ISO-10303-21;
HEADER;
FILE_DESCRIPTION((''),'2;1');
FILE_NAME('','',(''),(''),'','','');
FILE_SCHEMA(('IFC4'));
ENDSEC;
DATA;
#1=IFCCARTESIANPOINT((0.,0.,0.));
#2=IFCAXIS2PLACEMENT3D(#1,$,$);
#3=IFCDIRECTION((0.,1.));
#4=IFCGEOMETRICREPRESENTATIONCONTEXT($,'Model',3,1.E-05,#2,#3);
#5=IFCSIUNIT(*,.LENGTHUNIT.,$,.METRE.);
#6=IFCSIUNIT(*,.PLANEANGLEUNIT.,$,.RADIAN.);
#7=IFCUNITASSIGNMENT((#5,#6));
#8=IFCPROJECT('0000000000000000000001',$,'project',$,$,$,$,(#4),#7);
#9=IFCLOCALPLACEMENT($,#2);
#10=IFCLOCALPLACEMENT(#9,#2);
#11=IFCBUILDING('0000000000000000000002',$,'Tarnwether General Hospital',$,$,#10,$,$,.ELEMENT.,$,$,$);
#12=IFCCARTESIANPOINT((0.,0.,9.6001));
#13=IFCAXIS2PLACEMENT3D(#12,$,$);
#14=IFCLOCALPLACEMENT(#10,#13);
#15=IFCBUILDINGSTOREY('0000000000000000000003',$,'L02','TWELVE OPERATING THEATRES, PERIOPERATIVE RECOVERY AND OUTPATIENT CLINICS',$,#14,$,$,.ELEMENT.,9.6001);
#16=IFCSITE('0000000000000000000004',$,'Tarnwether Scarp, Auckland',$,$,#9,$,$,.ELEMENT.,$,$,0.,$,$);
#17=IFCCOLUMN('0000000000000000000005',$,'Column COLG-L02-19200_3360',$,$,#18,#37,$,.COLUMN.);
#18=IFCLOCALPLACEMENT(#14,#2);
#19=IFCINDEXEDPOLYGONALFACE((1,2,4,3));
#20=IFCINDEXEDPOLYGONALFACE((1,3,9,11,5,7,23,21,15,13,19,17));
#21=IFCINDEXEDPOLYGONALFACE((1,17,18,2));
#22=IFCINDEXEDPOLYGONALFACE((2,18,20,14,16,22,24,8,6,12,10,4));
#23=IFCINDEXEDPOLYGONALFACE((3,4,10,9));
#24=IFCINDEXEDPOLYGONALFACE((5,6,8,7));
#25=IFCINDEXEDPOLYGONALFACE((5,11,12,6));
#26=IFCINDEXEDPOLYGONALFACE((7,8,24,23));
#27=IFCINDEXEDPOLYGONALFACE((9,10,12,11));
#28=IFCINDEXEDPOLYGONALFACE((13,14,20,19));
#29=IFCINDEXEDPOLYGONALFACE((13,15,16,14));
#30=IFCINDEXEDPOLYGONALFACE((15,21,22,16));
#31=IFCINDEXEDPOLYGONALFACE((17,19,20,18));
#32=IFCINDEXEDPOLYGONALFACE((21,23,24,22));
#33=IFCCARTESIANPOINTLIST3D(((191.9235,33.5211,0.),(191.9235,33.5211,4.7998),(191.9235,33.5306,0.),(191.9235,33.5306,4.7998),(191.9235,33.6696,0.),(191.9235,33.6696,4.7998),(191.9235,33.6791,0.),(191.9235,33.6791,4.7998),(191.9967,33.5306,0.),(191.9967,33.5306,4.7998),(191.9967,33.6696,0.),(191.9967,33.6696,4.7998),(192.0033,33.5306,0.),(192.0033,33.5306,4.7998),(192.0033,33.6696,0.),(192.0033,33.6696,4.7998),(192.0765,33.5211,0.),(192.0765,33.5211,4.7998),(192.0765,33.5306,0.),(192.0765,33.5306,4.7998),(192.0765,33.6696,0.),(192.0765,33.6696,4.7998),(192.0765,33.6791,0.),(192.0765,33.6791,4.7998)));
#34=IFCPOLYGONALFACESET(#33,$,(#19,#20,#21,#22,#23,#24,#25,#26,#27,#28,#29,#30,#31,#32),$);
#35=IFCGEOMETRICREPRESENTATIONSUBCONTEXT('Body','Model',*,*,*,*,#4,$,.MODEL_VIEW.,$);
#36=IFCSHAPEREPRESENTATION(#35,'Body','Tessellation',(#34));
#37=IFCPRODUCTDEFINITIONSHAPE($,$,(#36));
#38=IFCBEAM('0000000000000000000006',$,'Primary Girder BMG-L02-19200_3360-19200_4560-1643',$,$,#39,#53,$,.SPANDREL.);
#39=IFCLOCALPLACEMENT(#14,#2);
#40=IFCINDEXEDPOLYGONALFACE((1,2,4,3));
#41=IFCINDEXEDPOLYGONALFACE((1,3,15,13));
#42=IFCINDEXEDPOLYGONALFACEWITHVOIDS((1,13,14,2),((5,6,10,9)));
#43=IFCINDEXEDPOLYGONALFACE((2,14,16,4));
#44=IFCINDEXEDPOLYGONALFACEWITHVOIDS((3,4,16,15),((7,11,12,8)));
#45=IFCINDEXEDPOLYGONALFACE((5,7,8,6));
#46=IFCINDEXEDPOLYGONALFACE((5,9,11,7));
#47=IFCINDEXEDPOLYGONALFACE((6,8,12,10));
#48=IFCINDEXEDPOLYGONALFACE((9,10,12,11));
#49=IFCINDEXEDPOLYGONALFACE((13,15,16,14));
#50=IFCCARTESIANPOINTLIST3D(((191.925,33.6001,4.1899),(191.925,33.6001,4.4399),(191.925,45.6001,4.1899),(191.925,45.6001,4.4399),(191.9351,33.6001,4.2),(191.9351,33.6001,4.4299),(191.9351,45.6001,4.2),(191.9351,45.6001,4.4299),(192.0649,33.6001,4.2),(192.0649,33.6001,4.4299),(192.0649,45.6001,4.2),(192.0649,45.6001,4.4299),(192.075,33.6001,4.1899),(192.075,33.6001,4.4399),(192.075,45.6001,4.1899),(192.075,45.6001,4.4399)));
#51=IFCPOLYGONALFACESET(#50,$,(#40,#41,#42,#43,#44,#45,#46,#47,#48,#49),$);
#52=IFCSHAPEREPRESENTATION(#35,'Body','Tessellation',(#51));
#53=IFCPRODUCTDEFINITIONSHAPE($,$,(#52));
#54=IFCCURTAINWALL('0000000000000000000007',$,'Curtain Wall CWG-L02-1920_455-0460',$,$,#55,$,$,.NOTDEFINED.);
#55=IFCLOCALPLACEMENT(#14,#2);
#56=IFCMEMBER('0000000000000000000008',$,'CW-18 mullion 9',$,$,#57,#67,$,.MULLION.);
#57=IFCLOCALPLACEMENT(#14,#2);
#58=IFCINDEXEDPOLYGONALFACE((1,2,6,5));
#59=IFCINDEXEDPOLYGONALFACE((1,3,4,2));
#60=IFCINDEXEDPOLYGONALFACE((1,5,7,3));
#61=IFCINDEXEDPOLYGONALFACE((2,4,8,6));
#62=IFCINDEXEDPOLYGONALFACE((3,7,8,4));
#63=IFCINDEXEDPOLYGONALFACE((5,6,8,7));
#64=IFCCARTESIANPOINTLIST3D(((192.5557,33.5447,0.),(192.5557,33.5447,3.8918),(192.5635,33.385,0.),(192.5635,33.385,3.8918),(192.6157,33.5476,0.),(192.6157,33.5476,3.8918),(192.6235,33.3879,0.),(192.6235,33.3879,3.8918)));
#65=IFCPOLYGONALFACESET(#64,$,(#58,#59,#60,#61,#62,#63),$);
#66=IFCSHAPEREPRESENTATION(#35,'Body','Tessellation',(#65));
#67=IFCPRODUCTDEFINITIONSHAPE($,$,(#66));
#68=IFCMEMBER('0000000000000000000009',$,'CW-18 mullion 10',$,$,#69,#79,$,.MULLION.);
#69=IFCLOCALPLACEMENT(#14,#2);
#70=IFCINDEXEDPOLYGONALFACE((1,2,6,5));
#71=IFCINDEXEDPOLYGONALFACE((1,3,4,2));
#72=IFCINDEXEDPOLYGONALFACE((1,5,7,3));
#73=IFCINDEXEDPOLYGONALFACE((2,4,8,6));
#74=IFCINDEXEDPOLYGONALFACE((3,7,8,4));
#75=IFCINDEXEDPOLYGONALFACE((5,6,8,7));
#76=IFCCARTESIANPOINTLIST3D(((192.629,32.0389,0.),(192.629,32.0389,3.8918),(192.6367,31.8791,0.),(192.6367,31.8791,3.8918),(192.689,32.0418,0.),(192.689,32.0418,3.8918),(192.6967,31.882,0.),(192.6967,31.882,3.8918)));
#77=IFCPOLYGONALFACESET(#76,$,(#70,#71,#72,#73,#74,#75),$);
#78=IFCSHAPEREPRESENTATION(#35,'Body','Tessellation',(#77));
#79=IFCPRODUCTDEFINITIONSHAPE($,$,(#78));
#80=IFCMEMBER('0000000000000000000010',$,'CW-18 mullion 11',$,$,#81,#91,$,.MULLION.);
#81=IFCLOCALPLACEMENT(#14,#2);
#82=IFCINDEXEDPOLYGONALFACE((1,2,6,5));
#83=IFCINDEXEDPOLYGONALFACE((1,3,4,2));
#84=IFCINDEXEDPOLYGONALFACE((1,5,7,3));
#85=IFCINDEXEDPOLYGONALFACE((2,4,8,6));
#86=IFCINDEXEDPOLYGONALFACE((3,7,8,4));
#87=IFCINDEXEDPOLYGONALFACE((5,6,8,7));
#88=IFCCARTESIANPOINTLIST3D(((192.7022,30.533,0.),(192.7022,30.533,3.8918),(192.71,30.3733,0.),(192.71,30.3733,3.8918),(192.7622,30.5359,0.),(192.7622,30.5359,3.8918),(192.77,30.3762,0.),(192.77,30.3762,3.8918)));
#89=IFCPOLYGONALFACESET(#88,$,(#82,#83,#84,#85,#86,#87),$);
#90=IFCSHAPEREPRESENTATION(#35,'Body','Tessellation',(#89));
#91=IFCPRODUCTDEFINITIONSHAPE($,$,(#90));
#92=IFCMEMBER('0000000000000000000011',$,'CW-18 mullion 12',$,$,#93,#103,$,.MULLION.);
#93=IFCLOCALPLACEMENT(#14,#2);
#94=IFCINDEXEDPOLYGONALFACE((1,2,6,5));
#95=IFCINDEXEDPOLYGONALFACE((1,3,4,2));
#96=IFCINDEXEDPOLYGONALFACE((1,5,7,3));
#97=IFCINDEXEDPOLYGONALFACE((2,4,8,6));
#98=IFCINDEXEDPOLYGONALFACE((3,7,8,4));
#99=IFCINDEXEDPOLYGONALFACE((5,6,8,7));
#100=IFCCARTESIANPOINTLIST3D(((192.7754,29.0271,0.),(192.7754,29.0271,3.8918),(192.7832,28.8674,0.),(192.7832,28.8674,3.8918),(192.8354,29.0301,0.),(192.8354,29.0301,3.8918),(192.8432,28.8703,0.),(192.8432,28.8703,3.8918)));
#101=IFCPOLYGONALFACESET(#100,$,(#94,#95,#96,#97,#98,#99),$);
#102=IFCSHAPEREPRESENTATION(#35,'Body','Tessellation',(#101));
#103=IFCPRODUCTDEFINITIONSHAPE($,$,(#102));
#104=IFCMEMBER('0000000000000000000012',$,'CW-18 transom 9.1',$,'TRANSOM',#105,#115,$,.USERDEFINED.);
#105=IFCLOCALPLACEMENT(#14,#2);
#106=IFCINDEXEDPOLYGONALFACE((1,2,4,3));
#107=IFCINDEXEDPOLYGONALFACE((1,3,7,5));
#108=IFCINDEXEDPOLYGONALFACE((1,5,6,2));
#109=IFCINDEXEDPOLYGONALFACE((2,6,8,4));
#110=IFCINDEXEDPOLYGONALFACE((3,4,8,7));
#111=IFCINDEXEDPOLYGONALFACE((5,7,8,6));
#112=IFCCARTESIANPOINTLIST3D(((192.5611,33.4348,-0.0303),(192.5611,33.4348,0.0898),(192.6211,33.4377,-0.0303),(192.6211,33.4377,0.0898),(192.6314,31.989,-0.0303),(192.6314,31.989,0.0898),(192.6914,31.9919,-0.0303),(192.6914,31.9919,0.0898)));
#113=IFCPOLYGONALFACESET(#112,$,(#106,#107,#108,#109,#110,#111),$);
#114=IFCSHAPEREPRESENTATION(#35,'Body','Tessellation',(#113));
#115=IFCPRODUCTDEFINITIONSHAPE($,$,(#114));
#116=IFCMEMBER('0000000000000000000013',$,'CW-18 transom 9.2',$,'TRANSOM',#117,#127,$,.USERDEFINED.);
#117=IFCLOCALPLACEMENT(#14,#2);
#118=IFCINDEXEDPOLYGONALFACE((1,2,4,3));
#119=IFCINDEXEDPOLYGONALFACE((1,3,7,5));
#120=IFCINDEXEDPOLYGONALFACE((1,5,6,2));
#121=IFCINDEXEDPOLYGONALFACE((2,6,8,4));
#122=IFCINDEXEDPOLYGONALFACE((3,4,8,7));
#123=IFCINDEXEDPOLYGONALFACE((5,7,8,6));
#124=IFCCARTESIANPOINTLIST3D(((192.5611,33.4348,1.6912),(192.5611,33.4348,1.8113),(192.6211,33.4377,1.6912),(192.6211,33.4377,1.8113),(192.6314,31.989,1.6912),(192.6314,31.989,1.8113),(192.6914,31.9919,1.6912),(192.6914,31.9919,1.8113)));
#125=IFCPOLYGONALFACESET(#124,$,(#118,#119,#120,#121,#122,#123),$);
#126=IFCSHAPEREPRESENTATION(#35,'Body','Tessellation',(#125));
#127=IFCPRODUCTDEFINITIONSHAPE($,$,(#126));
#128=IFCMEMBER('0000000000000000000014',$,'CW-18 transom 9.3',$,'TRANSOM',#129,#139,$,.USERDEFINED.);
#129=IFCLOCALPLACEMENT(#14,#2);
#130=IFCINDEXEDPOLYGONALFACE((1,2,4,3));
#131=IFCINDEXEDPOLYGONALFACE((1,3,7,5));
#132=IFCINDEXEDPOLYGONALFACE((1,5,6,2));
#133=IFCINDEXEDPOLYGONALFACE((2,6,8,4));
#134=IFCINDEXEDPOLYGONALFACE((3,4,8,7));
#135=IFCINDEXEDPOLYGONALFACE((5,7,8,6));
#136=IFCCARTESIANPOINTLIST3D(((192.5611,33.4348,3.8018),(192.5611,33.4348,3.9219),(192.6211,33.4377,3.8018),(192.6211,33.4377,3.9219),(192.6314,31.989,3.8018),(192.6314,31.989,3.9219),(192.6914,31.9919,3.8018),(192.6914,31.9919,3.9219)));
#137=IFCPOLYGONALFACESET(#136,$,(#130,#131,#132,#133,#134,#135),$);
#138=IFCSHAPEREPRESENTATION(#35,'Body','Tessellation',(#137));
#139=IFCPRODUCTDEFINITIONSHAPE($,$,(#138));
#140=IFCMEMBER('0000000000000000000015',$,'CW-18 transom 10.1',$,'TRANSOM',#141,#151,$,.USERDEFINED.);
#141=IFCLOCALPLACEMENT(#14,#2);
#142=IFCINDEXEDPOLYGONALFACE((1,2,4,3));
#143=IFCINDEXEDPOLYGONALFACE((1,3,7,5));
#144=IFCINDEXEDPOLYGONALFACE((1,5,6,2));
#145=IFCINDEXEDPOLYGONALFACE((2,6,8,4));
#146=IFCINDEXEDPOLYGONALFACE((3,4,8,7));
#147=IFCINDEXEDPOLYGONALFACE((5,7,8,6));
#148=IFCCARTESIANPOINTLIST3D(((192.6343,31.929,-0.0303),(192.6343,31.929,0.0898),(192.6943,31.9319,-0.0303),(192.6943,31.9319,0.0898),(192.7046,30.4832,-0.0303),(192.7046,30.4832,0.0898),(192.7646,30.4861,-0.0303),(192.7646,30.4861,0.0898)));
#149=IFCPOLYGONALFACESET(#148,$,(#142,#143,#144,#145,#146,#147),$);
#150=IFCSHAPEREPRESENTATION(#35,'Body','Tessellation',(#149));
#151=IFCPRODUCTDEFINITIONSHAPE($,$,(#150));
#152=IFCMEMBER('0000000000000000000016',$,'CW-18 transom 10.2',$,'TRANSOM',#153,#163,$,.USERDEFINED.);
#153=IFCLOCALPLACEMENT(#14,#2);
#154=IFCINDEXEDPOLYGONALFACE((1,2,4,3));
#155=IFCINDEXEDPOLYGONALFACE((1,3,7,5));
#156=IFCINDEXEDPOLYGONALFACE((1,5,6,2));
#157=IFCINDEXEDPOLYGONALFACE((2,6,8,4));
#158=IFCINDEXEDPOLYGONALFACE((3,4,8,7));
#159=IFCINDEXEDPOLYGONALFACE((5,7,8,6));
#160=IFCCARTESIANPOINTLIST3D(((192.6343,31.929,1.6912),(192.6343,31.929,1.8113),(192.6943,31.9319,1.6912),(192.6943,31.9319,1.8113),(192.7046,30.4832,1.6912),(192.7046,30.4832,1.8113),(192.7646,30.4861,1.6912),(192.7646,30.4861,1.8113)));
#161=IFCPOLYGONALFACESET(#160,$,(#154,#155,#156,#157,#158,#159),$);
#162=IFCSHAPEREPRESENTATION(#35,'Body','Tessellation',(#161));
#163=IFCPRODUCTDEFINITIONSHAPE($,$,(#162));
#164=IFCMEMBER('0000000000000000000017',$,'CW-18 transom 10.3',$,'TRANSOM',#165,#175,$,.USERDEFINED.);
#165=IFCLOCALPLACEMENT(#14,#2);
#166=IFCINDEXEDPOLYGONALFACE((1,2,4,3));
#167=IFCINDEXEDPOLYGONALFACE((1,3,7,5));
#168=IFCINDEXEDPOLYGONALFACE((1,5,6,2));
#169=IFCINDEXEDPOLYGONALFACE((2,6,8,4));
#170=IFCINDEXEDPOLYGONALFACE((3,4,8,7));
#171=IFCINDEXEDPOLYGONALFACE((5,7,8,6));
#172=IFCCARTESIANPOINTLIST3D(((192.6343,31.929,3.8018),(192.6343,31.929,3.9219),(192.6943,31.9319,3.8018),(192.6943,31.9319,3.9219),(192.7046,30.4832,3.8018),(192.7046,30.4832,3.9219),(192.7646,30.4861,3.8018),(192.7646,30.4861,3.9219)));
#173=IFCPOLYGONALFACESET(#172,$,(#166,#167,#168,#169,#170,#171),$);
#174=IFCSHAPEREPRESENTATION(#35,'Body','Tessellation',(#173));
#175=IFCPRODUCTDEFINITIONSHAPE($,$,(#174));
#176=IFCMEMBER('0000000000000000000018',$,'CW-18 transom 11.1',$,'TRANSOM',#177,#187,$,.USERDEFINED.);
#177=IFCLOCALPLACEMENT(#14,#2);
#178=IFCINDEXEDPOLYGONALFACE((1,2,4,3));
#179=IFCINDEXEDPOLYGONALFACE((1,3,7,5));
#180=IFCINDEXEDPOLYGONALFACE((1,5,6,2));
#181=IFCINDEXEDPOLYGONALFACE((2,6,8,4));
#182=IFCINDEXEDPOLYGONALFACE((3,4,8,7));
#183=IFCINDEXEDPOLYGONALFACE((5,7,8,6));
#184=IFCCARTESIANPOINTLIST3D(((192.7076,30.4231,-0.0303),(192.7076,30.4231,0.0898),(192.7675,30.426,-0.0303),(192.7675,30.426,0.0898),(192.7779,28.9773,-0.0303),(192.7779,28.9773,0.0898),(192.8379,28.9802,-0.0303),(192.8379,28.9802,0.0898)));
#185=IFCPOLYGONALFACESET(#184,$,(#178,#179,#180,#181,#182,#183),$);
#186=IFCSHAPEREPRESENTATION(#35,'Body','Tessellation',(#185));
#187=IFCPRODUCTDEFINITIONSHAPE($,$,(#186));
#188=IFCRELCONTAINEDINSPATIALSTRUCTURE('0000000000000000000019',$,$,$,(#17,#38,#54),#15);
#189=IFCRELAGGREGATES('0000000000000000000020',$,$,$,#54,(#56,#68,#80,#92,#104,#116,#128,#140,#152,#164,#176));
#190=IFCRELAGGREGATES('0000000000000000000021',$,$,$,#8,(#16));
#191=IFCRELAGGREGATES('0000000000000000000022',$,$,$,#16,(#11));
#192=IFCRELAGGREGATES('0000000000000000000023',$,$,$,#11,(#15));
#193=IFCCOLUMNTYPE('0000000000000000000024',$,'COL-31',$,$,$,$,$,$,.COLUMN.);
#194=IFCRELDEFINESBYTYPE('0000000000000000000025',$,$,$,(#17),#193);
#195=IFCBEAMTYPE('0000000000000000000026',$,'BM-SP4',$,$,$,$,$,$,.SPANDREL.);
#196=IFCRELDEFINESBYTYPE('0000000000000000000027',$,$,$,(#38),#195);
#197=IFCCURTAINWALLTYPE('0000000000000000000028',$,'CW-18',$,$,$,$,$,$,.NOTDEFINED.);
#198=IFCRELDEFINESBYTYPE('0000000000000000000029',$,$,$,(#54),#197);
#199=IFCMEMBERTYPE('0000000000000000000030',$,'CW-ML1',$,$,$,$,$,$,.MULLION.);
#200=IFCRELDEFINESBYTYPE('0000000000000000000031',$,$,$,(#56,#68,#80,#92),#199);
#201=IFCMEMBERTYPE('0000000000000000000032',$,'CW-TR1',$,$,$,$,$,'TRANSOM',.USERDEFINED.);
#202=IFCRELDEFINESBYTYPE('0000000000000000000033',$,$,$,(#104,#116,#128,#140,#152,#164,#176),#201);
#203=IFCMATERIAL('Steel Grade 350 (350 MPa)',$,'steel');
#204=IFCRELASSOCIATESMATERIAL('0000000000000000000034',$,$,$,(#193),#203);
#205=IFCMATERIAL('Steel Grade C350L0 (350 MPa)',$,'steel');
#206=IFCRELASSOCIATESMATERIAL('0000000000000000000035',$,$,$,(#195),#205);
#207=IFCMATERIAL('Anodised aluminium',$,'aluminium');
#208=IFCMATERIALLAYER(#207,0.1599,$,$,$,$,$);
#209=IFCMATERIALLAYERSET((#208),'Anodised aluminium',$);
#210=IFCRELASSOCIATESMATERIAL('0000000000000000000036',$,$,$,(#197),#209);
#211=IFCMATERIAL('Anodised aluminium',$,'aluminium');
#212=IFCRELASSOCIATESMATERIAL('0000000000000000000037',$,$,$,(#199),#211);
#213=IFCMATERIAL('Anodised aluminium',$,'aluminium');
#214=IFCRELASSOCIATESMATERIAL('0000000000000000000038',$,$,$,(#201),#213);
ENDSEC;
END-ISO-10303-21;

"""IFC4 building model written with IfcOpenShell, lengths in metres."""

from ifc_helpers import new_model, si_unit, direction, frame, origin, origin_2d, place, context, subcontext, project, spatial, rectangle, hollow_rectangle, i_section, extrude, material, layer, layer_set, material_profile, profile_set, type_object, element, aggregate, save


model = new_model("IFC4")

# Units and contexts
model_context = context("Model", 3, precision=1e-05, world=origin(), true_north=direction((0.0, 1.0)))
body_context = subcontext(model_context, "Body", "Model", "MODEL_VIEW")
ifc_project = project(units=[si_unit("LENGTHUNIT", "METRE"), si_unit("PLANEANGLEUNIT", "RADIAN")], contexts=[model_context])

# Site, building, storey
site_placement = place(None, origin())
site = spatial("IfcSite", under=ifc_project, at=site_placement, Name="Tarnwether Scarp, Auckland", CompositionType="ELEMENT", RefElevation=0.0)
building_placement = place(site_placement, origin())
building = spatial("IfcBuilding", under=site, at=building_placement, Name="Tarnwether General Hospital", CompositionType="ELEMENT")
storey_placement = place(building_placement, frame((0.0, 0.0, 9.6001)))
storey = spatial("IfcBuildingStorey", under=building, at=storey_placement, Name="L02", Description="TWELVE OPERATING THEATRES, PERIOPERATIVE RECOVERY AND OUTPATIENT CLINICS", CompositionType="ELEMENT", Elevation=9.6001)

# Column
ifc_material_1 = material(Name="Steel Grade 350 (350 MPa)", Category="steel")
ifc_material_profile_1 = material_profile(ifc_material_1, i_section(OverallWidth=0.1531, OverallDepth=0.158, WebThickness=0.0066, FlangeThickness=0.0095, at=origin_2d()), Name="150UC30.0")
ifc_profile_set_1 = profile_set([ifc_material_profile_1], Name="Steel Grade 350 (350 MPa)")
column_type = type_object("IfcColumnType", Name="COL-31", PredefinedType="COLUMN", material=ifc_profile_set_1)
column_placement = place(storey_placement, frame((192.0, 33.6001, 0.0), z_axis=(0.0, 0.0, 1.0), x_axis=(1.0, 0.0, 0.0)))
element("IfcColumn", 1, at=column_placement, inside=storey, type_object=column_type, Name="Column COLG-L02-19200_3360", PredefinedType="COLUMN", context=body_context, shape_type="SweptSolid", body=[
    extrude(i_section(OverallWidth=0.1531, OverallDepth=0.158, WebThickness=0.0066, FlangeThickness=0.0095, at=origin_2d()), origin(), (0.0, 0.0, 1.0), 4.7998),
])

# Beam
ifc_material_2 = material(Name="Steel Grade C350L0 (350 MPa)", Category="steel")
ifc_material_profile_2 = material_profile(ifc_material_2, hollow_rectangle(XDim=0.1499, YDim=0.25, WallThickness=0.01, at=origin_2d()), Name="RHS250x150x10")
ifc_profile_set_2 = profile_set([ifc_material_profile_2], Name="Steel Grade C350L0 (350 MPa)")
beam_type = type_object("IfcBeamType", Name="BM-SP4", PredefinedType="SPANDREL", material=ifc_profile_set_2)
beam_placement = place(storey_placement, frame((192.0, 33.6001, 4.3149), z_axis=(0.0, 1.0, 0.0), x_axis=(-1.0, 0.0, 0.0)))
element("IfcBeam", 2, at=beam_placement, inside=storey, type_object=beam_type, Name="Primary Girder BMG-L02-19200_3360-19200_4560-1643", PredefinedType="SPANDREL", context=body_context, shape_type="SweptSolid", body=[
    extrude(hollow_rectangle(XDim=0.1499, YDim=0.25, WallThickness=0.01, at=origin_2d()), origin(), (0.0, 0.0, 1.0), 12.0),
])

# Curtain wall, members
ifc_material_3 = material(Name="Anodised aluminium", Category="aluminium")
ifc_layer_1 = layer(ifc_material_3, 0.1599)
ifc_layer_set_1 = layer_set([ifc_layer_1], Name="Anodised aluminium")
curtain_wall_type = type_object("IfcCurtainWallType", Name="CW-18", PredefinedType="NOTDEFINED", material=ifc_layer_set_1)
curtain_wall_placement = place(storey_placement, origin())
curtain_wall = element("IfcCurtainWall", 3, at=curtain_wall_placement, inside=storey, type_object=curtain_wall_type, Name="Curtain Wall CWG-L02-1920_455-0460", PredefinedType="NOTDEFINED")
ifc_material_4 = material(Name="Anodised aluminium", Category="aluminium")
ifc_material_profile_3 = material_profile(ifc_material_4, rectangle(XDim=0.0601, YDim=0.1599, at=origin_2d()), Name="ALU-MUL-60x160")
ifc_profile_set_3 = profile_set([ifc_material_profile_3], Name="Anodised aluminium")
member_type_1 = type_object("IfcMemberType", Name="CW-ML1", PredefinedType="MULLION", material=ifc_profile_set_3)
member_1_placement = place(storey_placement, frame((192.5896, 33.4663, 0.0), z_axis=(0.0, 0.0, 1.0), x_axis=(0.99882, 0.04856, 0.0)))
member_1 = element("IfcMember", 4, at=member_1_placement, type_object=member_type_1, Name="CW-18 mullion 9", PredefinedType="MULLION", context=body_context, shape_type="SweptSolid", body=[
    extrude(rectangle(XDim=0.0601, YDim=0.1599, at=origin_2d()), origin(), (0.0, 0.0, 1.0), 3.8918),
])
member_2_placement = place(storey_placement, frame((192.6628, 31.9604, 0.0), z_axis=(0.0, 0.0, 1.0), x_axis=(0.99882, 0.04856, 0.0)))
member_2 = element("IfcMember", 5, at=member_2_placement, type_object=member_type_1, Name="CW-18 mullion 10", PredefinedType="MULLION", context=body_context, shape_type="SweptSolid", body=[
    extrude(rectangle(XDim=0.0601, YDim=0.1599, at=origin_2d()), origin(), (0.0, 0.0, 1.0), 3.8918),
])
member_3_placement = place(storey_placement, frame((192.7361, 30.4546, 0.0), z_axis=(0.0, 0.0, 1.0), x_axis=(0.99882, 0.04856, 0.0)))
member_3 = element("IfcMember", 6, at=member_3_placement, type_object=member_type_1, Name="CW-18 mullion 11", PredefinedType="MULLION", context=body_context, shape_type="SweptSolid", body=[
    extrude(rectangle(XDim=0.0601, YDim=0.1599, at=origin_2d()), origin(), (0.0, 0.0, 1.0), 3.8918),
])
member_4_placement = place(storey_placement, frame((192.8093, 28.9487, 0.0), z_axis=(0.0, 0.0, 1.0), x_axis=(0.99882, 0.04856, 0.0)))
member_4 = element("IfcMember", 7, at=member_4_placement, type_object=member_type_1, Name="CW-18 mullion 12", PredefinedType="MULLION", context=body_context, shape_type="SweptSolid", body=[
    extrude(rectangle(XDim=0.0601, YDim=0.1599, at=origin_2d()), origin(), (0.0, 0.0, 1.0), 3.8918),
])
ifc_material_5 = material(Name="Anodised aluminium", Category="aluminium")
ifc_material_profile_4 = material_profile(ifc_material_5, rectangle(XDim=0.0601, YDim=0.1201, at=origin_2d()), Name="ALU-TRN-60x120")
ifc_profile_set_4 = profile_set([ifc_material_profile_4], Name="Anodised aluminium")
member_type_2 = type_object("IfcMemberType", Name="CW-TR1", ElementType="TRANSOM", PredefinedType="USERDEFINED", material=ifc_profile_set_4)
member_5_placement = place(storey_placement, frame((192.5911, 33.4363, 0.0298), z_axis=(0.048575, -0.99882, 0.0), x_axis=(0.99882, 0.048575, 0.0)))
member_5 = element("IfcMember", 8, at=member_5_placement, type_object=member_type_2, Name="CW-18 transom 9.1", ObjectType="TRANSOM", PredefinedType="USERDEFINED", context=body_context, shape_type="SweptSolid", body=[
    extrude(rectangle(XDim=0.0601, YDim=0.1201, at=origin_2d()), origin(), (0.0, 0.0, 1.0), 1.4475),
])
member_6_placement = place(storey_placement, frame((192.5911, 33.4363, 1.7512), z_axis=(0.048575, -0.99882, 0.0), x_axis=(0.99882, 0.048575, 0.0)))
member_6 = element("IfcMember", 9, at=member_6_placement, type_object=member_type_2, Name="CW-18 transom 9.2", ObjectType="TRANSOM", PredefinedType="USERDEFINED", context=body_context, shape_type="SweptSolid", body=[
    extrude(rectangle(XDim=0.0601, YDim=0.1201, at=origin_2d()), origin(), (0.0, 0.0, 1.0), 1.4475),
])
member_7_placement = place(storey_placement, frame((192.5911, 33.4363, 3.8618), z_axis=(0.048575, -0.99882, 0.0), x_axis=(0.99882, 0.048575, 0.0)))
member_7 = element("IfcMember", 10, at=member_7_placement, type_object=member_type_2, Name="CW-18 transom 9.3", ObjectType="TRANSOM", PredefinedType="USERDEFINED", context=body_context, shape_type="SweptSolid", body=[
    extrude(rectangle(XDim=0.0601, YDim=0.1201, at=origin_2d()), origin(), (0.0, 0.0, 1.0), 1.4475),
])
member_8_placement = place(storey_placement, frame((192.6643, 31.9304, 0.0298), z_axis=(0.048575, -0.99882, 0.0), x_axis=(0.99882, 0.048575, 0.0)))
member_8 = element("IfcMember", 11, at=member_8_placement, type_object=member_type_2, Name="CW-18 transom 10.1", ObjectType="TRANSOM", PredefinedType="USERDEFINED", context=body_context, shape_type="SweptSolid", body=[
    extrude(rectangle(XDim=0.0601, YDim=0.1201, at=origin_2d()), origin(), (0.0, 0.0, 1.0), 1.4475),
])
member_9_placement = place(storey_placement, frame((192.6643, 31.9304, 1.7512), z_axis=(0.048575, -0.99882, 0.0), x_axis=(0.99882, 0.048575, 0.0)))
member_9 = element("IfcMember", 12, at=member_9_placement, type_object=member_type_2, Name="CW-18 transom 10.2", ObjectType="TRANSOM", PredefinedType="USERDEFINED", context=body_context, shape_type="SweptSolid", body=[
    extrude(rectangle(XDim=0.0601, YDim=0.1201, at=origin_2d()), origin(), (0.0, 0.0, 1.0), 1.4475),
])
member_10_placement = place(storey_placement, frame((192.6643, 31.9304, 3.8618), z_axis=(0.048575, -0.99882, 0.0), x_axis=(0.99882, 0.048575, 0.0)))
member_10 = element("IfcMember", 13, at=member_10_placement, type_object=member_type_2, Name="CW-18 transom 10.3", ObjectType="TRANSOM", PredefinedType="USERDEFINED", context=body_context, shape_type="SweptSolid", body=[
    extrude(rectangle(XDim=0.0601, YDim=0.1201, at=origin_2d()), origin(), (0.0, 0.0, 1.0), 1.4475),
])
member_11_placement = place(storey_placement, frame((192.7375, 30.4246, 0.0298), z_axis=(0.048575, -0.99882, 0.0), x_axis=(0.99882, 0.048575, 0.0)))
member_11 = element("IfcMember", 14, at=member_11_placement, type_object=member_type_2, Name="CW-18 transom 11.1", ObjectType="TRANSOM", PredefinedType="USERDEFINED", context=body_context, shape_type="SweptSolid", body=[
    extrude(rectangle(XDim=0.0601, YDim=0.1201, at=origin_2d()), origin(), (0.0, 0.0, 1.0), 1.4475),
])
aggregate(curtain_wall, [member_1, member_2, member_3, member_4, member_5, member_6, member_7, member_8, member_9, member_10, member_11])

save(model, "model.ifc")
